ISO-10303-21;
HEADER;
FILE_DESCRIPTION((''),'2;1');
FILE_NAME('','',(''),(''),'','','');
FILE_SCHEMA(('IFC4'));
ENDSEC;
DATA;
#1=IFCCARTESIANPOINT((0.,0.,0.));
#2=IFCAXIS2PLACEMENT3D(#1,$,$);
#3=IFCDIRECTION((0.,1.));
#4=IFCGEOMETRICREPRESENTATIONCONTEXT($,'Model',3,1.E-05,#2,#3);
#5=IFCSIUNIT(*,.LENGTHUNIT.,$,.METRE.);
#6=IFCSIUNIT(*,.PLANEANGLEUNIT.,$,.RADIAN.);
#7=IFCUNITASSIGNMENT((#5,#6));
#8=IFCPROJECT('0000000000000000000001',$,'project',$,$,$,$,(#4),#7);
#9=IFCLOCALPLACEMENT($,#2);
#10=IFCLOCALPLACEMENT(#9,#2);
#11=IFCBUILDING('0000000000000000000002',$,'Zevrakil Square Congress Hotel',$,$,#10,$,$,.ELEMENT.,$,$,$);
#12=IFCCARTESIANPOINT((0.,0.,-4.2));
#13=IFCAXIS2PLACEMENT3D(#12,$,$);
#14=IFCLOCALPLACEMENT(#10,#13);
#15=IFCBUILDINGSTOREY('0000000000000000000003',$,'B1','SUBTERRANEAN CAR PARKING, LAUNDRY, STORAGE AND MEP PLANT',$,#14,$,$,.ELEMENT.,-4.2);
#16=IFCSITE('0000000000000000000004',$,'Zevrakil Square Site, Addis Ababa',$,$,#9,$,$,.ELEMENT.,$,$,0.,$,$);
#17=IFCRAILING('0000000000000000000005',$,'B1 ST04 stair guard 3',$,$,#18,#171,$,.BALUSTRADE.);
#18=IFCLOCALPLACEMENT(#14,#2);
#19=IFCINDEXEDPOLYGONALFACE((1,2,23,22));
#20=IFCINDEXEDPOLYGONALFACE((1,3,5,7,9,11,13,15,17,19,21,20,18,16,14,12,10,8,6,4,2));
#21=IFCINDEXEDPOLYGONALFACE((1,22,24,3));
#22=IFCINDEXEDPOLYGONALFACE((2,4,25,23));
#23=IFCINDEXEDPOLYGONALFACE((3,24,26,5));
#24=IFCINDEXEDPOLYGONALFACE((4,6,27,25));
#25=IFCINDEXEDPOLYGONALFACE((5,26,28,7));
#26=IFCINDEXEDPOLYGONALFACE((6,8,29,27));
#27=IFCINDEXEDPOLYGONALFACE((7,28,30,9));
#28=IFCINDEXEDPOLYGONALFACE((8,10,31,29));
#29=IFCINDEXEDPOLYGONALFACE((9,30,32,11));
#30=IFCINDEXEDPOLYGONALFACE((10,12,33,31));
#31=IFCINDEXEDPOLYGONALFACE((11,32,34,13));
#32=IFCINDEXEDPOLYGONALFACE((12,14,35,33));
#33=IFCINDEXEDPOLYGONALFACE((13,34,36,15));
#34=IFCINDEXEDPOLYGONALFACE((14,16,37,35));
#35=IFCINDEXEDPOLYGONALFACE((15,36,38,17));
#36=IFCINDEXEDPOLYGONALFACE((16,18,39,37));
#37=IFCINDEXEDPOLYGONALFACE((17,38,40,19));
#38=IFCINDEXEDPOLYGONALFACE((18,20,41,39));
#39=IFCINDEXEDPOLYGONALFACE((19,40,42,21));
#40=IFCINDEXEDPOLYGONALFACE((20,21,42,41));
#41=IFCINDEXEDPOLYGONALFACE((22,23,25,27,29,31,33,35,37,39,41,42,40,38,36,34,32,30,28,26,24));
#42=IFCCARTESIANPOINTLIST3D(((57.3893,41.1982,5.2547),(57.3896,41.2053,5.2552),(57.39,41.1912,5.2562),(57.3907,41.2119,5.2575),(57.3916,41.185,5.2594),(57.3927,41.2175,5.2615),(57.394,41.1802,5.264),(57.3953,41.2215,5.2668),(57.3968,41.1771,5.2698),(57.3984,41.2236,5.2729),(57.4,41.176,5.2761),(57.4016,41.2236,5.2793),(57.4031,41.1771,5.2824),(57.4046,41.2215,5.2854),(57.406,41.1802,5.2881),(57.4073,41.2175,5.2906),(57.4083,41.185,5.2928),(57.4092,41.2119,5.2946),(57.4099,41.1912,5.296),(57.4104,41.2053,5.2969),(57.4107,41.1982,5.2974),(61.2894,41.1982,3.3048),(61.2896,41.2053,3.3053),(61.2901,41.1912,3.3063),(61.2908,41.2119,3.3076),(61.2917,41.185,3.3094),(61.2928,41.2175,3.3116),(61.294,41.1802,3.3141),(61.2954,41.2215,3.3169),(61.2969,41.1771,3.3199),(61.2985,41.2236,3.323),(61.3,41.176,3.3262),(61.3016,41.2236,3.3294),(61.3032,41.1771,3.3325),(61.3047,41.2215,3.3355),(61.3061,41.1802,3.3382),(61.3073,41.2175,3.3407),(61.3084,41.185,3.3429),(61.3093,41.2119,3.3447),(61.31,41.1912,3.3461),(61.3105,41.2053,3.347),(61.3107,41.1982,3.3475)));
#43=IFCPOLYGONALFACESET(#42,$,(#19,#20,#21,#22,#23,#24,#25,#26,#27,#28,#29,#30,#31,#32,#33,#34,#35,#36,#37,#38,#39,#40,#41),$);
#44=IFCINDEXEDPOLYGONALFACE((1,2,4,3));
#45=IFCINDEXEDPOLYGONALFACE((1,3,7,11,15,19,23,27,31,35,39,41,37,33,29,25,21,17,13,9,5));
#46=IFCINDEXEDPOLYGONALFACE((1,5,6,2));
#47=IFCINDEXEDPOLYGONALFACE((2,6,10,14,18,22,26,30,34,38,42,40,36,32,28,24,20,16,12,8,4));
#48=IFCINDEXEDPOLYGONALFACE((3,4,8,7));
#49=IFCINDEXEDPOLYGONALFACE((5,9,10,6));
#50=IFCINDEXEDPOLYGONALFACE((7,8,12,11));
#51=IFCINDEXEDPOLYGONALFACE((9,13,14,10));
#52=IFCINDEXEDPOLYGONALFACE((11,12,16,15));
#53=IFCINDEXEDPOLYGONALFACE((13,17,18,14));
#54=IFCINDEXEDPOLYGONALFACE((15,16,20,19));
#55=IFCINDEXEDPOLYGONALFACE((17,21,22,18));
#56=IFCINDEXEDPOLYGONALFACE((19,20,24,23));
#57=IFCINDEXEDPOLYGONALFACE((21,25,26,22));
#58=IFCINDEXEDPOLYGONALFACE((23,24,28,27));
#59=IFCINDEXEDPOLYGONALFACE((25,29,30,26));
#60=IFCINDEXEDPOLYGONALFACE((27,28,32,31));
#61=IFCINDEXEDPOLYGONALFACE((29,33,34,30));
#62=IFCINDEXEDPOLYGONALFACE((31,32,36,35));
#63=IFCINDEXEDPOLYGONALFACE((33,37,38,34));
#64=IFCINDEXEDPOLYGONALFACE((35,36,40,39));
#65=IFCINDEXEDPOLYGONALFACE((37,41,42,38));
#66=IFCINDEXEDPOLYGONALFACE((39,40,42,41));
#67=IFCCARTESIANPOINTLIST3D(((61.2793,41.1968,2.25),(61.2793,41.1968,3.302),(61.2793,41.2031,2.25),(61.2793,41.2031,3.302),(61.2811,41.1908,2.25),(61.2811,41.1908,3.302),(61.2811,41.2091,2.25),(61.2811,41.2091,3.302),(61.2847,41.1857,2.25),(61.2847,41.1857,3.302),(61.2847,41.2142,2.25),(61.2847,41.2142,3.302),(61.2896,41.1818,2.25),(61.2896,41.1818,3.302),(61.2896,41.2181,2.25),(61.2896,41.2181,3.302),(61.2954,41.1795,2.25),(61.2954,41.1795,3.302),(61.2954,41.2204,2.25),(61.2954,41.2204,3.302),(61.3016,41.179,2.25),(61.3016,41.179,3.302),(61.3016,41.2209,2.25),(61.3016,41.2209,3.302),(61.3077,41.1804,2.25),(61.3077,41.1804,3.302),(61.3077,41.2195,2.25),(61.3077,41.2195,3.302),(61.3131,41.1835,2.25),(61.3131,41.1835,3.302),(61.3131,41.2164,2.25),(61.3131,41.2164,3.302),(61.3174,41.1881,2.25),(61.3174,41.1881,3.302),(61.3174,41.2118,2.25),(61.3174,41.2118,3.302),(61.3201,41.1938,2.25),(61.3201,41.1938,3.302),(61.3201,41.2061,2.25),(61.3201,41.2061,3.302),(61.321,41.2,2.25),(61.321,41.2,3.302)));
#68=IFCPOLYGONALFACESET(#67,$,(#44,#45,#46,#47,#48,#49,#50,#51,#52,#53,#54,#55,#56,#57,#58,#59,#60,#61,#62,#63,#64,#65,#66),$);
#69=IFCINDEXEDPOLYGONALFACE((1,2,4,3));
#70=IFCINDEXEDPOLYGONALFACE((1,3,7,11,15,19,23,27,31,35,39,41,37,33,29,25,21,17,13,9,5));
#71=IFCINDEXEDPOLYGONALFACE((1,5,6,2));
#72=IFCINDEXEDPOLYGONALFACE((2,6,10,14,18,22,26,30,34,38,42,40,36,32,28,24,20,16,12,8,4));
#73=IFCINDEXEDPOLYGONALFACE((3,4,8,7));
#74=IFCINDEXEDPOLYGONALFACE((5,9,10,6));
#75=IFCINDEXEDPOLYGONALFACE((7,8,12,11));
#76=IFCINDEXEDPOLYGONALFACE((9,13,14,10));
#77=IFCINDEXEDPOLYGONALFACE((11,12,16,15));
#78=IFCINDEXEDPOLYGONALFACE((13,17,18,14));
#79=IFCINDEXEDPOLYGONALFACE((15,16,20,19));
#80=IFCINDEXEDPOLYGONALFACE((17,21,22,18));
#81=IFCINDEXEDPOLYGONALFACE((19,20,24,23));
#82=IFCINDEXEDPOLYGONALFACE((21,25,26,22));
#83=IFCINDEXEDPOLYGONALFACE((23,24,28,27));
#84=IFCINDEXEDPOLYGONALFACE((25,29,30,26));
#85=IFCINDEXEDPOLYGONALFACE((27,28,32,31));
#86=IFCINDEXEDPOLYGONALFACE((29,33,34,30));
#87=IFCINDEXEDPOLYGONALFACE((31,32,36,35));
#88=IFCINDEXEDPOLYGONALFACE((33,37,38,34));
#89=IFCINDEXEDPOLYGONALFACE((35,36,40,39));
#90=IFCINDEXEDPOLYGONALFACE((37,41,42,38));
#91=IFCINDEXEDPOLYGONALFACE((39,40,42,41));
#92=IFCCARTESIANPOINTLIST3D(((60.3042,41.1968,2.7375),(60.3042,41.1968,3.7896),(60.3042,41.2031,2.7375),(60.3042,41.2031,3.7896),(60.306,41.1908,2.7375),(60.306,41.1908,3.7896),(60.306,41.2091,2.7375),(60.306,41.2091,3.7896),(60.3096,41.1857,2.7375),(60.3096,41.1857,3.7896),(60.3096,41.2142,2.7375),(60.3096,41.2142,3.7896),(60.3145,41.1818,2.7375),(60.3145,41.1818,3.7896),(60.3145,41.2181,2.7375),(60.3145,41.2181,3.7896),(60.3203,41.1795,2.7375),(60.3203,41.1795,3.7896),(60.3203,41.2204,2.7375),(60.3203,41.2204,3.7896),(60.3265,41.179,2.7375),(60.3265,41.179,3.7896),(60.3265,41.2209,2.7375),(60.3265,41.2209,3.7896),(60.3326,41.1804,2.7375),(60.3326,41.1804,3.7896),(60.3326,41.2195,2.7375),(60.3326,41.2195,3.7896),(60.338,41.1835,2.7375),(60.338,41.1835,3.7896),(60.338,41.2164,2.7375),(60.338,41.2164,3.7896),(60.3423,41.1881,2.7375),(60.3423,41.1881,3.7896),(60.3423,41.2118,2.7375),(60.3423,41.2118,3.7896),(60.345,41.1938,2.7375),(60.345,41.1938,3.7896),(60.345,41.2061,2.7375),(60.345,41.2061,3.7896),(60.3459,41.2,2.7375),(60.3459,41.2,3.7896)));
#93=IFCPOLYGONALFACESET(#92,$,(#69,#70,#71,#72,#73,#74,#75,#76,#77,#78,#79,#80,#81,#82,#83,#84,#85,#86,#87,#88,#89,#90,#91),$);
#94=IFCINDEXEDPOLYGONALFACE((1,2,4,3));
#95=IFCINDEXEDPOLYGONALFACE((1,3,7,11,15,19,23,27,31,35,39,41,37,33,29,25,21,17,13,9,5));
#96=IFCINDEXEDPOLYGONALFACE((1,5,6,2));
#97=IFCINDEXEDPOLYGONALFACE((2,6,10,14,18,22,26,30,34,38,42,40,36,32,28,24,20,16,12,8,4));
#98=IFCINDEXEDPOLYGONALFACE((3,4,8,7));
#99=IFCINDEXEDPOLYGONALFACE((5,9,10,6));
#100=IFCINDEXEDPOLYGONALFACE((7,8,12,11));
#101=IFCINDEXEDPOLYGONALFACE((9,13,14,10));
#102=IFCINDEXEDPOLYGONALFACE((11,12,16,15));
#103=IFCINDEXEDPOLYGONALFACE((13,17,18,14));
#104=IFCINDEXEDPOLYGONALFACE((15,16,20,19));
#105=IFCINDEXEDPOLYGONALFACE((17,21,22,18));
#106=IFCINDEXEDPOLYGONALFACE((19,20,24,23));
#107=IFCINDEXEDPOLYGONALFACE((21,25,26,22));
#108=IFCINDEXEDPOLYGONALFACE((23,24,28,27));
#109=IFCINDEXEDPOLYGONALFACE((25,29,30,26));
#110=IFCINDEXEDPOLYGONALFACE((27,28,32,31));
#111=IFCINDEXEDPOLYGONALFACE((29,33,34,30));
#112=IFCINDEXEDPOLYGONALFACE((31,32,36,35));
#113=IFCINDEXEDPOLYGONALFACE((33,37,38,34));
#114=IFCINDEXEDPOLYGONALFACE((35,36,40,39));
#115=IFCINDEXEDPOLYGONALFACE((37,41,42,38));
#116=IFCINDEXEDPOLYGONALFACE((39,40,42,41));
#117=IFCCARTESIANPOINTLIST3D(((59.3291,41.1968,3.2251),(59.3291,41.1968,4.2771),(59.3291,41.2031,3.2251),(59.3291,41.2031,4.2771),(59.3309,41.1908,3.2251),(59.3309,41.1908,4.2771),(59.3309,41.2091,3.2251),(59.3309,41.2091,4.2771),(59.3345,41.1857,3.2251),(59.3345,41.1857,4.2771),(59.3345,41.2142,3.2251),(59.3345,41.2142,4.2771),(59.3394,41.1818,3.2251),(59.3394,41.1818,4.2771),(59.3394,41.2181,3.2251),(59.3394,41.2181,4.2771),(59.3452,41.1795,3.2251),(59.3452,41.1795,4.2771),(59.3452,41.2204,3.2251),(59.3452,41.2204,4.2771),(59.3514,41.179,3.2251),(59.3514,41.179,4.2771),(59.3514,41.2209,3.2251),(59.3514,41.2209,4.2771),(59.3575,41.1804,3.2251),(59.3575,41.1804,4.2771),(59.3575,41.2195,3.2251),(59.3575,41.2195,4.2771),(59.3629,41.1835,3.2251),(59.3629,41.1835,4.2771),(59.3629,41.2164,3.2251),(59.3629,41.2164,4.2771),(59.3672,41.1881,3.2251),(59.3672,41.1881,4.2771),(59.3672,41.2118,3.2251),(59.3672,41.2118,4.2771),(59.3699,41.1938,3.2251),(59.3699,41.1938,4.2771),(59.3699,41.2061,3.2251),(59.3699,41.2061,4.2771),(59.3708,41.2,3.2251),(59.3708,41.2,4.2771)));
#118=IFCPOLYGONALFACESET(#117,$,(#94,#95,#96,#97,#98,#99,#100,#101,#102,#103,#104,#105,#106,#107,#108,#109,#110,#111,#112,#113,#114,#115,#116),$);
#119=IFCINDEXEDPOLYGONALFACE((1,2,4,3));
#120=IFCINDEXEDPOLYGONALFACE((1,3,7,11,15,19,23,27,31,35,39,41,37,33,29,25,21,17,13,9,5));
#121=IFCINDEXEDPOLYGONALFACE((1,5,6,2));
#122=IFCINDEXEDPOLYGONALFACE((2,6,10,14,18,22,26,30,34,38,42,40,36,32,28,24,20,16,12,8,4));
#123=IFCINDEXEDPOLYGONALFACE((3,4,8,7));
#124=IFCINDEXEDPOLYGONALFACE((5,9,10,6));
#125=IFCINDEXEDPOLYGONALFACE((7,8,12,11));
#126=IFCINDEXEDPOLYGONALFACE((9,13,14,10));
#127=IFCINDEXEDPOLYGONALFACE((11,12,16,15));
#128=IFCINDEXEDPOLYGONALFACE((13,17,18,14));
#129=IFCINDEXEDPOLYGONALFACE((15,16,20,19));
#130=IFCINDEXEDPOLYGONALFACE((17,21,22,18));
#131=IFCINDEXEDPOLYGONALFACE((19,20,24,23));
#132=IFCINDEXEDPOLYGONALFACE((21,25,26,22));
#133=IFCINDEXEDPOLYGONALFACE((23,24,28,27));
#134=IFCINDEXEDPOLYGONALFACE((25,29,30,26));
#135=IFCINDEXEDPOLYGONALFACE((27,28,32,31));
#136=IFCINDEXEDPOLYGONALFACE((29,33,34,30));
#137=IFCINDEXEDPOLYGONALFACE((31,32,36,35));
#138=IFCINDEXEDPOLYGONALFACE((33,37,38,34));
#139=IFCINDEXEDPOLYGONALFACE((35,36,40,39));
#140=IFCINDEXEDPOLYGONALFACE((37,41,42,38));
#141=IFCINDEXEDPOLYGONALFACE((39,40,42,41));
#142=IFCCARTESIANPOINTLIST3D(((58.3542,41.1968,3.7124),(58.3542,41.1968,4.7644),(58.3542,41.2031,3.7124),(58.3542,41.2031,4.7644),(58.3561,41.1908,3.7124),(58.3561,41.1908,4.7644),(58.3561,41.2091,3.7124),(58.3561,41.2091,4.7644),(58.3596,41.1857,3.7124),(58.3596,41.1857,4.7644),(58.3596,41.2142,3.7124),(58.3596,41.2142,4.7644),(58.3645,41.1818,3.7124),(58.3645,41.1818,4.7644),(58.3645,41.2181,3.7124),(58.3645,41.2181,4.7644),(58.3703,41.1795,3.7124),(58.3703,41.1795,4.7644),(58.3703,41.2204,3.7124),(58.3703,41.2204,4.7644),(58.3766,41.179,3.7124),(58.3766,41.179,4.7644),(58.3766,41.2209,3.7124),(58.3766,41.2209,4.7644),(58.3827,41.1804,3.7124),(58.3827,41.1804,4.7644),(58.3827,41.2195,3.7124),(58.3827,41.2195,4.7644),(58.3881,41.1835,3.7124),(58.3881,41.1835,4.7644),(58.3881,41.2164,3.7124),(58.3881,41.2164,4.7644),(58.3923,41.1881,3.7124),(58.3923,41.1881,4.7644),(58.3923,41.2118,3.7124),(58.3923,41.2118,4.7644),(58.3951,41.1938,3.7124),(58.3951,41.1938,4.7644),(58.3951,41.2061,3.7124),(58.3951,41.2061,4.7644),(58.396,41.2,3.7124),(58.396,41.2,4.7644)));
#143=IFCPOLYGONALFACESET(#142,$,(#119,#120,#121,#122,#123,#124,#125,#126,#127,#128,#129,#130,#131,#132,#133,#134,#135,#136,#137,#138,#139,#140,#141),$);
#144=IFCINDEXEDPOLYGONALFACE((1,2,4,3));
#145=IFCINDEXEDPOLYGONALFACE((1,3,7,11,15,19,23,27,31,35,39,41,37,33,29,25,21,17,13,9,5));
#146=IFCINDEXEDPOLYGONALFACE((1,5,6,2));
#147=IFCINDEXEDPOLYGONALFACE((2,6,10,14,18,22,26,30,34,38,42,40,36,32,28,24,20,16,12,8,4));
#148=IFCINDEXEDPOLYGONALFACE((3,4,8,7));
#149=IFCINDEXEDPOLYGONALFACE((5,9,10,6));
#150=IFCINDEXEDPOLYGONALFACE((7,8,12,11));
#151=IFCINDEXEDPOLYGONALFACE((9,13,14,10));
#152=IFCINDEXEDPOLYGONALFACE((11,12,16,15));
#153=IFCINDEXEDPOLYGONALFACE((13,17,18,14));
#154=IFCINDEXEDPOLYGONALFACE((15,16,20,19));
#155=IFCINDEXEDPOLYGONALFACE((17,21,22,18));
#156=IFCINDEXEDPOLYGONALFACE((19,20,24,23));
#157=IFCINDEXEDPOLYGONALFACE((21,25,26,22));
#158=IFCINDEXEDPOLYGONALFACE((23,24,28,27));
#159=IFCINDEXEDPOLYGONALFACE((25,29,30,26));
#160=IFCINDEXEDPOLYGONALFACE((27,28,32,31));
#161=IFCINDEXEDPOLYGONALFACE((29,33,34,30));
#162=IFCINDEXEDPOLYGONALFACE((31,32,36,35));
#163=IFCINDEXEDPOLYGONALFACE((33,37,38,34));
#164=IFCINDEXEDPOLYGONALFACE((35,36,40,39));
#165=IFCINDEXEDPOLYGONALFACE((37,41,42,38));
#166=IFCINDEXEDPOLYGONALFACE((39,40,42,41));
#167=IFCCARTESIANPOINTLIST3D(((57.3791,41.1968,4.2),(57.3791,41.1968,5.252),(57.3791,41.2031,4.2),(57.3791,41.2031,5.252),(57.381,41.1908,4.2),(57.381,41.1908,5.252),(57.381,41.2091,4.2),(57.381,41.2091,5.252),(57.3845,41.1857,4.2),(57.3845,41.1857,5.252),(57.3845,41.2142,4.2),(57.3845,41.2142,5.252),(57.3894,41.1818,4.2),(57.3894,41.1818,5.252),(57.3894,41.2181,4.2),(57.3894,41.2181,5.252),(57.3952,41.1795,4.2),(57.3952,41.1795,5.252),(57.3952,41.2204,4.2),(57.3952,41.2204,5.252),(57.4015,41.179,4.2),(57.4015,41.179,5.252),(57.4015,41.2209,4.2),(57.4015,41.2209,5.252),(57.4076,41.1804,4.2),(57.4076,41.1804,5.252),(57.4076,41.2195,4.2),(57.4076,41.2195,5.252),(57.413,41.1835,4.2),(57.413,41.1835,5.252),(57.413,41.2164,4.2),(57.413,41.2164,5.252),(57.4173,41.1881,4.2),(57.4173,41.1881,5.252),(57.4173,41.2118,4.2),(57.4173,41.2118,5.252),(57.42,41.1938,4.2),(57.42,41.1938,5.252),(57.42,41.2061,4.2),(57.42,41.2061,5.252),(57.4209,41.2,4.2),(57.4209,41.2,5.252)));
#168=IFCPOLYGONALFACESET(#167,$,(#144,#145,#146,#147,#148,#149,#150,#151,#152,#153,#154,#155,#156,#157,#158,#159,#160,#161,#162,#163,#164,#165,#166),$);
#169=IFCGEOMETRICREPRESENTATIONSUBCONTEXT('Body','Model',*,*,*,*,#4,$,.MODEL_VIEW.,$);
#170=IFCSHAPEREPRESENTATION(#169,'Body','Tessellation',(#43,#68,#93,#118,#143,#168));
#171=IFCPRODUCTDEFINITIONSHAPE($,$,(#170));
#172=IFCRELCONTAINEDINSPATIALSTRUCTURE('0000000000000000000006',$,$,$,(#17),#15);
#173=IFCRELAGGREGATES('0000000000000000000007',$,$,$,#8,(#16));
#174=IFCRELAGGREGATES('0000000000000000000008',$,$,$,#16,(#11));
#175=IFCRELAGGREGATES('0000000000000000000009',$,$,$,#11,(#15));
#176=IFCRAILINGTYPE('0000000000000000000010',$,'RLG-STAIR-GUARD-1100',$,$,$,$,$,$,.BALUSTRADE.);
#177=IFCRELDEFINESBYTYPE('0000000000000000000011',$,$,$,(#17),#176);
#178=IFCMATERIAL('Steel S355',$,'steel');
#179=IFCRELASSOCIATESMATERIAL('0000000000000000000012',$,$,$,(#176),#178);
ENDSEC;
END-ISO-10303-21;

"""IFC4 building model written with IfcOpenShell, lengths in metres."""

from ifc_helpers import new_model, si_unit, direction, frame, origin, origin_2d, place, context, subcontext, project, spatial, circle, extrude, material, type_object, element, save


model = new_model("IFC4")

# Units and contexts
model_context = context("Model", 3, precision=1e-05, world=origin(), true_north=direction((0.0, 1.0)))
body_context = subcontext(model_context, "Body", "Model", "MODEL_VIEW")
ifc_project = project(units=[si_unit("LENGTHUNIT", "METRE"), si_unit("PLANEANGLEUNIT", "RADIAN")], contexts=[model_context])

# Site, building, storey
site_placement = place(None, origin())
site = spatial("IfcSite", under=ifc_project, at=site_placement, Name="Zevrakil Square Site, Addis Ababa", CompositionType="ELEMENT", RefElevation=0.0)
building_placement = place(site_placement, origin())
building = spatial("IfcBuilding", under=site, at=building_placement, Name="Zevrakil Square Congress Hotel", CompositionType="ELEMENT")
storey_placement = place(building_placement, frame((0.0, 0.0, -4.2)))
storey = spatial("IfcBuildingStorey", under=building, at=storey_placement, Name="B1", Description="SUBTERRANEAN CAR PARKING, LAUNDRY, STORAGE AND MEP PLANT", CompositionType="ELEMENT", Elevation=-4.2)

# Railing
ifc_material_1 = material(Name="Steel S355", Category="steel")
railing_type_1 = type_object("IfcRailingType", Name="RLG-STAIR-GUARD-1100", PredefinedType="BALUSTRADE", material=ifc_material_1)
railing_1_placement = place(storey_placement, frame((61.3, 41.2, 2.25)))
element("IfcRailing", 1, at=railing_1_placement, inside=storey, type_object=railing_type_1, Name="B1 ST04 stair guard 3", PredefinedType="BALUSTRADE", context=body_context, shape_type="SweptSolid", body=[
    extrude(circle(Radius=0.0239, at=origin_2d()), frame((0.0, 0.0, 1.0762), z_axis=(-0.894438, 0.0, 0.447191), x_axis=(0.0, -1.0, 0.0)), (0.0, 0.0, 1.0), 4.3604),
    extrude(circle(Radius=0.021, at=origin_2d()), origin(), (0.0, 0.0, 1.0), 1.052),
    extrude(circle(Radius=0.021, at=origin_2d()), frame((-0.9751, 0.0, 0.4875)), (0.0, 0.0, 1.0), 1.052),
    extrude(circle(Radius=0.021, at=origin_2d()), frame((-1.9502, 0.0, 0.9751)), (0.0, 0.0, 1.0), 1.052),
    extrude(circle(Radius=0.021, at=origin_2d()), frame((-2.925, 0.0, 1.4624)), (0.0, 0.0, 1.0), 1.052),
    extrude(circle(Radius=0.021, at=origin_2d()), frame((-3.9001, 0.0, 1.95)), (0.0, 0.0, 1.0), 1.052),
])

save(model, "model.ifc")
